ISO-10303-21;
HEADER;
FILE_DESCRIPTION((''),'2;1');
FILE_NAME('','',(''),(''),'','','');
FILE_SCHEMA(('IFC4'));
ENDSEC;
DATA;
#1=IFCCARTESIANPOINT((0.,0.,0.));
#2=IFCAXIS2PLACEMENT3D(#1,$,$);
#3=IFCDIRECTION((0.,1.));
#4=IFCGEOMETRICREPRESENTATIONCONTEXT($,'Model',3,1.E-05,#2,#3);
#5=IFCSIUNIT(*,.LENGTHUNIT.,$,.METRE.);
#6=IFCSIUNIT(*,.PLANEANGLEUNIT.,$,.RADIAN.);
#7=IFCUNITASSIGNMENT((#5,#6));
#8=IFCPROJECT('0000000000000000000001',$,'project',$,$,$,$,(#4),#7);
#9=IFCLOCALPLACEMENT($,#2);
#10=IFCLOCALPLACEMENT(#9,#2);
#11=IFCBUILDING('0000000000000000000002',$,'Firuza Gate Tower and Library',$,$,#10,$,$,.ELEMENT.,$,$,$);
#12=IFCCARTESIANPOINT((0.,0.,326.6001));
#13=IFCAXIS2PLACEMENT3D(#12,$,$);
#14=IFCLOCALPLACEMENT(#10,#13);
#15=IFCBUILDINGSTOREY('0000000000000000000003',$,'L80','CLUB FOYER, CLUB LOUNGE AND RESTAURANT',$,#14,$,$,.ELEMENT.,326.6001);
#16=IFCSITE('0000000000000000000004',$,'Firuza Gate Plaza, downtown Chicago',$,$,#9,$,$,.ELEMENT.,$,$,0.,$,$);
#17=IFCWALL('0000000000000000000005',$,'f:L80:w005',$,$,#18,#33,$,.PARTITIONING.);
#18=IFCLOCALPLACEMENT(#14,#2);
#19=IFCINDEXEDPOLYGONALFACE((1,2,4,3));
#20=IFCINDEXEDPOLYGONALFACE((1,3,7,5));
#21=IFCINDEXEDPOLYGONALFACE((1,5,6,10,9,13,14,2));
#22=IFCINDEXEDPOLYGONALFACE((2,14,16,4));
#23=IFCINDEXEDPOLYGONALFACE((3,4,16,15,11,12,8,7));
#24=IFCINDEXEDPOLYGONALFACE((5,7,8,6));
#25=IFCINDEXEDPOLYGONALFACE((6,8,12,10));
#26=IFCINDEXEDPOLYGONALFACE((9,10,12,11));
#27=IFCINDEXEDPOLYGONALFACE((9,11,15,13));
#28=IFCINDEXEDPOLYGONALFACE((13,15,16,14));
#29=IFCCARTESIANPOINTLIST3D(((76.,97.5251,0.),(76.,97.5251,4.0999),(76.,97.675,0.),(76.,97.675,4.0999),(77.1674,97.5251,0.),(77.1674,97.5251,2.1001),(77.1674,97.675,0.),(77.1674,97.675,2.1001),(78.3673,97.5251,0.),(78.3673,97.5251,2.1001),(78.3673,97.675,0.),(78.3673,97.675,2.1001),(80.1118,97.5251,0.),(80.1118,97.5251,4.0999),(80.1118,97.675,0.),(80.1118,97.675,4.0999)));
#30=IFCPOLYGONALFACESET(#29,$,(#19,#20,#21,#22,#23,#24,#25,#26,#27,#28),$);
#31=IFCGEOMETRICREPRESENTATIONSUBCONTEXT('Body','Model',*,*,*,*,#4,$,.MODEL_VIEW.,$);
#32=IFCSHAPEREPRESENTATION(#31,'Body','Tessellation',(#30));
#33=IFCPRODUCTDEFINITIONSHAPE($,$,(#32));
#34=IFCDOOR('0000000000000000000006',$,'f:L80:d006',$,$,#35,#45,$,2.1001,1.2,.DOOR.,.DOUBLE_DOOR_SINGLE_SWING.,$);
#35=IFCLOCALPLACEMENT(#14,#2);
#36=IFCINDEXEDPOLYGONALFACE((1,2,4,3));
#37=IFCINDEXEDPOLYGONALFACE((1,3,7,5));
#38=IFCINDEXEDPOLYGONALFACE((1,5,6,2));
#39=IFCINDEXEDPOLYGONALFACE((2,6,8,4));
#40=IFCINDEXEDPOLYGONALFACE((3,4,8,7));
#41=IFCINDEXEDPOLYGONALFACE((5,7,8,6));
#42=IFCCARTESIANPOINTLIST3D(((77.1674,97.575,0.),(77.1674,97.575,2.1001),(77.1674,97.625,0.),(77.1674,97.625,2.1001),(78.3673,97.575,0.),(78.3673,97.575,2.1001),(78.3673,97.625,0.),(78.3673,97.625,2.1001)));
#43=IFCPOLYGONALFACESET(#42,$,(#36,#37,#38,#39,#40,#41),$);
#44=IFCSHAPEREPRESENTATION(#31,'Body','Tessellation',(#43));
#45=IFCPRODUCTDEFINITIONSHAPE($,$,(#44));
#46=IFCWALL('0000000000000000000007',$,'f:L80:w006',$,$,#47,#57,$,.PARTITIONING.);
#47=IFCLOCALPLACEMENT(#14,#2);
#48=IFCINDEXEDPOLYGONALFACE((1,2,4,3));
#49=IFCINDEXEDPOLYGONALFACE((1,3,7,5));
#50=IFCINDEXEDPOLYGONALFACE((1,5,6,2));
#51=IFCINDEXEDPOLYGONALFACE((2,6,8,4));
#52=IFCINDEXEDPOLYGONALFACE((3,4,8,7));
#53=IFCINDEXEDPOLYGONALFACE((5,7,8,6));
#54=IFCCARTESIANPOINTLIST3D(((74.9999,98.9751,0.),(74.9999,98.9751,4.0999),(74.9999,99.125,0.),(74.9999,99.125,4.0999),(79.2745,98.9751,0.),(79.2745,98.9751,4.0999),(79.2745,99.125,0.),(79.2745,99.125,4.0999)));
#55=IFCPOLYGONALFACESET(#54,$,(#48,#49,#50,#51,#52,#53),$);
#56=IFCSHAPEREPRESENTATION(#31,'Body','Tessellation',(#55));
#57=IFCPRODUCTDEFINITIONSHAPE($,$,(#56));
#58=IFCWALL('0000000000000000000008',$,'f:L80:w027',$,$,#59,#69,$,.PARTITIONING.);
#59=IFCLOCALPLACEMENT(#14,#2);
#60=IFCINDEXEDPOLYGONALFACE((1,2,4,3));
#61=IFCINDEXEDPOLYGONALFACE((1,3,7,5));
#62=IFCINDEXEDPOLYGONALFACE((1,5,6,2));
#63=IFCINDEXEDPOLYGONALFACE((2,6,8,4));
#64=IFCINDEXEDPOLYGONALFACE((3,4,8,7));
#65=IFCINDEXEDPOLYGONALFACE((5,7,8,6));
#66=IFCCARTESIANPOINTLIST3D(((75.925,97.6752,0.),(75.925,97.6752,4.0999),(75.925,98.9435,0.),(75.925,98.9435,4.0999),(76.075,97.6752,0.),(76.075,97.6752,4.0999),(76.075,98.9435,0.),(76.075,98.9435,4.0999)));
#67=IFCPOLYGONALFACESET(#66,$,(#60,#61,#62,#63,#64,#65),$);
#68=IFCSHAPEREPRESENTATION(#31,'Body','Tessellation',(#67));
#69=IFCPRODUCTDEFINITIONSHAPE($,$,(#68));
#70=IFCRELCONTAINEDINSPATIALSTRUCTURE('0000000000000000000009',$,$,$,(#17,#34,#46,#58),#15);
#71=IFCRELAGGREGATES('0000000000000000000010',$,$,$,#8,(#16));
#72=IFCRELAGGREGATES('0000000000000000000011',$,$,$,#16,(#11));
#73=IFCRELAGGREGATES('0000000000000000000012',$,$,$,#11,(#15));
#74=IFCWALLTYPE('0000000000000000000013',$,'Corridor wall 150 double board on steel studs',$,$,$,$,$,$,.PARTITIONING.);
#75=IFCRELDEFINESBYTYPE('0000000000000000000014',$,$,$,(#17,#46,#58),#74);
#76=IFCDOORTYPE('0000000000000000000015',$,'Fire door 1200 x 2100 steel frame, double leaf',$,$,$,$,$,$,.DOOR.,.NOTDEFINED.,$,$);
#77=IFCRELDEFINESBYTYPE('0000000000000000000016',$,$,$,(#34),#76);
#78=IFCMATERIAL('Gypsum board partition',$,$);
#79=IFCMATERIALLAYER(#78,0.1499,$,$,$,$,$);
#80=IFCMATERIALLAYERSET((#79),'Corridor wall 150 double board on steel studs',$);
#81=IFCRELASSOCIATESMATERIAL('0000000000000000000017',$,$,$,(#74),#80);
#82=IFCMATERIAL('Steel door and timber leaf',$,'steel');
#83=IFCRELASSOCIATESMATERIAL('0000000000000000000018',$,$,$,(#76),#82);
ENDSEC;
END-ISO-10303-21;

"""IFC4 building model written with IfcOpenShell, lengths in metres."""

from ifc_helpers import new_model, si_unit, direction, frame, frame_2d, origin, place, context, subcontext, project, spatial, rectangle, extrude, material, layer, layer_set, type_object, element, fill, save


model = new_model("IFC4")

# Units and contexts
model_context = context("Model", 3, precision=1e-05, world=origin(), true_north=direction((0.0, 1.0)))
body_context = subcontext(model_context, "Body", "Model", "MODEL_VIEW")
ifc_project = project(units=[si_unit("LENGTHUNIT", "METRE"), si_unit("PLANEANGLEUNIT", "RADIAN")], contexts=[model_context])

# Site, building, storey
site_placement = place(None, origin())
site = spatial("IfcSite", under=ifc_project, at=site_placement, Name="Firuza Gate Plaza, downtown Chicago", CompositionType="ELEMENT", RefElevation=0.0)
building_placement = place(site_placement, origin())
building = spatial("IfcBuilding", under=site, at=building_placement, Name="Firuza Gate Tower and Library", CompositionType="ELEMENT")
storey_placement = place(building_placement, frame((0.0, 0.0, 326.6001)))
storey = spatial("IfcBuildingStorey", under=building, at=storey_placement, Name="L80", Description="CLUB FOYER, CLUB LOUNGE AND RESTAURANT", CompositionType="ELEMENT", Elevation=326.6001)

# Wall, opening, door
ifc_material_1 = material(Name="Gypsum board partition")
ifc_layer_1 = layer(ifc_material_1, 0.1499)
ifc_layer_set_1 = layer_set([ifc_layer_1], Name="Corridor wall 150 double board on steel studs")
wall_type = type_object("IfcWallType", Name="Corridor wall 150 double board on steel studs", PredefinedType="PARTITIONING", material=ifc_layer_set_1)
wall_1_placement = place(storey_placement, frame((76.0, 97.6001, 0.0), z_axis=(0.0, 0.0, 1.0), x_axis=(1.0, 0.0, 0.0)))
wall_1 = element("IfcWall", 1, at=wall_1_placement, inside=storey, type_object=wall_type, Name="f:L80:w005", PredefinedType="PARTITIONING", context=body_context, shape_type="SweptSolid", body=[
    extrude(rectangle(XDim=4.1118, YDim=0.1499, at=frame_2d((2.0559, 0.0))), origin(), (0.0, 0.0, 1.0), 4.0999),
])
opening_placement = place(wall_1_placement, frame((1.1672, 0.0, 0.0)))
opening = element("IfcOpeningElement", 2, at=opening_placement, cuts=wall_1, PredefinedType="OPENING", context=body_context, shape_type="SweptSolid", body=[
    extrude(rectangle(XDim=1.2, YDim=2.1001, at=frame_2d((0.6001, 1.05))), frame((0.0, 0.085, 0.0), z_axis=(0.0, -1.0, 0.0), x_axis=(1.0, 0.0, 0.0)), (0.0, 0.0, 1.0), 0.1699),
])
ifc_material_2 = material(Name="Steel door and timber leaf", Category="steel")
door_type = type_object("IfcDoorType", Name="Fire door 1200 x 2100 steel frame, double leaf", OperationType="NOTDEFINED", PredefinedType="DOOR", material=ifc_material_2)
door_placement = place(opening_placement, origin())
door = element("IfcDoor", 3, at=door_placement, inside=storey, type_object=door_type, Name="f:L80:d006", OperationType="DOUBLE_DOOR_SINGLE_SWING", OverallHeight=2.1001, OverallWidth=1.2, PredefinedType="DOOR", context=body_context, shape_type="SweptSolid", body=[
    extrude(rectangle(XDim=1.2, YDim=2.1001, at=frame_2d((0.6001, 1.05))), frame((0.0, 0.0249, 0.0), z_axis=(0.0, -1.0, 0.0), x_axis=(1.0, 0.0, 0.0)), (0.0, 0.0, 1.0), 0.05),
])
fill(opening, door)

# Walls
wall_2_placement = place(storey_placement, frame((75.0, 99.05, 0.0), z_axis=(0.0, 0.0, 1.0), x_axis=(1.0, 0.0, 0.0)))
element("IfcWall", 4, at=wall_2_placement, inside=storey, type_object=wall_type, Name="f:L80:w006", PredefinedType="PARTITIONING", context=body_context, shape_type="SweptSolid", body=[
    extrude(rectangle(XDim=4.2747, YDim=0.1499, at=frame_2d((2.1372, 0.0))), origin(), (0.0, 0.0, 1.0), 4.0999),
])
wall_3_placement = place(storey_placement, frame((76.0, 97.675, 0.0), z_axis=(0.0, 0.0, 1.0), x_axis=(0.0, 1.0, 0.0)))
element("IfcWall", 5, at=wall_3_placement, inside=storey, type_object=wall_type, Name="f:L80:w027", PredefinedType="PARTITIONING", context=body_context, shape_type="SweptSolid", body=[
    extrude(rectangle(XDim=1.2683, YDim=0.1499, at=frame_2d((0.6343, 0.0))), origin(), (0.0, 0.0, 1.0), 4.0999),
])

save(model, "model.ifc")
